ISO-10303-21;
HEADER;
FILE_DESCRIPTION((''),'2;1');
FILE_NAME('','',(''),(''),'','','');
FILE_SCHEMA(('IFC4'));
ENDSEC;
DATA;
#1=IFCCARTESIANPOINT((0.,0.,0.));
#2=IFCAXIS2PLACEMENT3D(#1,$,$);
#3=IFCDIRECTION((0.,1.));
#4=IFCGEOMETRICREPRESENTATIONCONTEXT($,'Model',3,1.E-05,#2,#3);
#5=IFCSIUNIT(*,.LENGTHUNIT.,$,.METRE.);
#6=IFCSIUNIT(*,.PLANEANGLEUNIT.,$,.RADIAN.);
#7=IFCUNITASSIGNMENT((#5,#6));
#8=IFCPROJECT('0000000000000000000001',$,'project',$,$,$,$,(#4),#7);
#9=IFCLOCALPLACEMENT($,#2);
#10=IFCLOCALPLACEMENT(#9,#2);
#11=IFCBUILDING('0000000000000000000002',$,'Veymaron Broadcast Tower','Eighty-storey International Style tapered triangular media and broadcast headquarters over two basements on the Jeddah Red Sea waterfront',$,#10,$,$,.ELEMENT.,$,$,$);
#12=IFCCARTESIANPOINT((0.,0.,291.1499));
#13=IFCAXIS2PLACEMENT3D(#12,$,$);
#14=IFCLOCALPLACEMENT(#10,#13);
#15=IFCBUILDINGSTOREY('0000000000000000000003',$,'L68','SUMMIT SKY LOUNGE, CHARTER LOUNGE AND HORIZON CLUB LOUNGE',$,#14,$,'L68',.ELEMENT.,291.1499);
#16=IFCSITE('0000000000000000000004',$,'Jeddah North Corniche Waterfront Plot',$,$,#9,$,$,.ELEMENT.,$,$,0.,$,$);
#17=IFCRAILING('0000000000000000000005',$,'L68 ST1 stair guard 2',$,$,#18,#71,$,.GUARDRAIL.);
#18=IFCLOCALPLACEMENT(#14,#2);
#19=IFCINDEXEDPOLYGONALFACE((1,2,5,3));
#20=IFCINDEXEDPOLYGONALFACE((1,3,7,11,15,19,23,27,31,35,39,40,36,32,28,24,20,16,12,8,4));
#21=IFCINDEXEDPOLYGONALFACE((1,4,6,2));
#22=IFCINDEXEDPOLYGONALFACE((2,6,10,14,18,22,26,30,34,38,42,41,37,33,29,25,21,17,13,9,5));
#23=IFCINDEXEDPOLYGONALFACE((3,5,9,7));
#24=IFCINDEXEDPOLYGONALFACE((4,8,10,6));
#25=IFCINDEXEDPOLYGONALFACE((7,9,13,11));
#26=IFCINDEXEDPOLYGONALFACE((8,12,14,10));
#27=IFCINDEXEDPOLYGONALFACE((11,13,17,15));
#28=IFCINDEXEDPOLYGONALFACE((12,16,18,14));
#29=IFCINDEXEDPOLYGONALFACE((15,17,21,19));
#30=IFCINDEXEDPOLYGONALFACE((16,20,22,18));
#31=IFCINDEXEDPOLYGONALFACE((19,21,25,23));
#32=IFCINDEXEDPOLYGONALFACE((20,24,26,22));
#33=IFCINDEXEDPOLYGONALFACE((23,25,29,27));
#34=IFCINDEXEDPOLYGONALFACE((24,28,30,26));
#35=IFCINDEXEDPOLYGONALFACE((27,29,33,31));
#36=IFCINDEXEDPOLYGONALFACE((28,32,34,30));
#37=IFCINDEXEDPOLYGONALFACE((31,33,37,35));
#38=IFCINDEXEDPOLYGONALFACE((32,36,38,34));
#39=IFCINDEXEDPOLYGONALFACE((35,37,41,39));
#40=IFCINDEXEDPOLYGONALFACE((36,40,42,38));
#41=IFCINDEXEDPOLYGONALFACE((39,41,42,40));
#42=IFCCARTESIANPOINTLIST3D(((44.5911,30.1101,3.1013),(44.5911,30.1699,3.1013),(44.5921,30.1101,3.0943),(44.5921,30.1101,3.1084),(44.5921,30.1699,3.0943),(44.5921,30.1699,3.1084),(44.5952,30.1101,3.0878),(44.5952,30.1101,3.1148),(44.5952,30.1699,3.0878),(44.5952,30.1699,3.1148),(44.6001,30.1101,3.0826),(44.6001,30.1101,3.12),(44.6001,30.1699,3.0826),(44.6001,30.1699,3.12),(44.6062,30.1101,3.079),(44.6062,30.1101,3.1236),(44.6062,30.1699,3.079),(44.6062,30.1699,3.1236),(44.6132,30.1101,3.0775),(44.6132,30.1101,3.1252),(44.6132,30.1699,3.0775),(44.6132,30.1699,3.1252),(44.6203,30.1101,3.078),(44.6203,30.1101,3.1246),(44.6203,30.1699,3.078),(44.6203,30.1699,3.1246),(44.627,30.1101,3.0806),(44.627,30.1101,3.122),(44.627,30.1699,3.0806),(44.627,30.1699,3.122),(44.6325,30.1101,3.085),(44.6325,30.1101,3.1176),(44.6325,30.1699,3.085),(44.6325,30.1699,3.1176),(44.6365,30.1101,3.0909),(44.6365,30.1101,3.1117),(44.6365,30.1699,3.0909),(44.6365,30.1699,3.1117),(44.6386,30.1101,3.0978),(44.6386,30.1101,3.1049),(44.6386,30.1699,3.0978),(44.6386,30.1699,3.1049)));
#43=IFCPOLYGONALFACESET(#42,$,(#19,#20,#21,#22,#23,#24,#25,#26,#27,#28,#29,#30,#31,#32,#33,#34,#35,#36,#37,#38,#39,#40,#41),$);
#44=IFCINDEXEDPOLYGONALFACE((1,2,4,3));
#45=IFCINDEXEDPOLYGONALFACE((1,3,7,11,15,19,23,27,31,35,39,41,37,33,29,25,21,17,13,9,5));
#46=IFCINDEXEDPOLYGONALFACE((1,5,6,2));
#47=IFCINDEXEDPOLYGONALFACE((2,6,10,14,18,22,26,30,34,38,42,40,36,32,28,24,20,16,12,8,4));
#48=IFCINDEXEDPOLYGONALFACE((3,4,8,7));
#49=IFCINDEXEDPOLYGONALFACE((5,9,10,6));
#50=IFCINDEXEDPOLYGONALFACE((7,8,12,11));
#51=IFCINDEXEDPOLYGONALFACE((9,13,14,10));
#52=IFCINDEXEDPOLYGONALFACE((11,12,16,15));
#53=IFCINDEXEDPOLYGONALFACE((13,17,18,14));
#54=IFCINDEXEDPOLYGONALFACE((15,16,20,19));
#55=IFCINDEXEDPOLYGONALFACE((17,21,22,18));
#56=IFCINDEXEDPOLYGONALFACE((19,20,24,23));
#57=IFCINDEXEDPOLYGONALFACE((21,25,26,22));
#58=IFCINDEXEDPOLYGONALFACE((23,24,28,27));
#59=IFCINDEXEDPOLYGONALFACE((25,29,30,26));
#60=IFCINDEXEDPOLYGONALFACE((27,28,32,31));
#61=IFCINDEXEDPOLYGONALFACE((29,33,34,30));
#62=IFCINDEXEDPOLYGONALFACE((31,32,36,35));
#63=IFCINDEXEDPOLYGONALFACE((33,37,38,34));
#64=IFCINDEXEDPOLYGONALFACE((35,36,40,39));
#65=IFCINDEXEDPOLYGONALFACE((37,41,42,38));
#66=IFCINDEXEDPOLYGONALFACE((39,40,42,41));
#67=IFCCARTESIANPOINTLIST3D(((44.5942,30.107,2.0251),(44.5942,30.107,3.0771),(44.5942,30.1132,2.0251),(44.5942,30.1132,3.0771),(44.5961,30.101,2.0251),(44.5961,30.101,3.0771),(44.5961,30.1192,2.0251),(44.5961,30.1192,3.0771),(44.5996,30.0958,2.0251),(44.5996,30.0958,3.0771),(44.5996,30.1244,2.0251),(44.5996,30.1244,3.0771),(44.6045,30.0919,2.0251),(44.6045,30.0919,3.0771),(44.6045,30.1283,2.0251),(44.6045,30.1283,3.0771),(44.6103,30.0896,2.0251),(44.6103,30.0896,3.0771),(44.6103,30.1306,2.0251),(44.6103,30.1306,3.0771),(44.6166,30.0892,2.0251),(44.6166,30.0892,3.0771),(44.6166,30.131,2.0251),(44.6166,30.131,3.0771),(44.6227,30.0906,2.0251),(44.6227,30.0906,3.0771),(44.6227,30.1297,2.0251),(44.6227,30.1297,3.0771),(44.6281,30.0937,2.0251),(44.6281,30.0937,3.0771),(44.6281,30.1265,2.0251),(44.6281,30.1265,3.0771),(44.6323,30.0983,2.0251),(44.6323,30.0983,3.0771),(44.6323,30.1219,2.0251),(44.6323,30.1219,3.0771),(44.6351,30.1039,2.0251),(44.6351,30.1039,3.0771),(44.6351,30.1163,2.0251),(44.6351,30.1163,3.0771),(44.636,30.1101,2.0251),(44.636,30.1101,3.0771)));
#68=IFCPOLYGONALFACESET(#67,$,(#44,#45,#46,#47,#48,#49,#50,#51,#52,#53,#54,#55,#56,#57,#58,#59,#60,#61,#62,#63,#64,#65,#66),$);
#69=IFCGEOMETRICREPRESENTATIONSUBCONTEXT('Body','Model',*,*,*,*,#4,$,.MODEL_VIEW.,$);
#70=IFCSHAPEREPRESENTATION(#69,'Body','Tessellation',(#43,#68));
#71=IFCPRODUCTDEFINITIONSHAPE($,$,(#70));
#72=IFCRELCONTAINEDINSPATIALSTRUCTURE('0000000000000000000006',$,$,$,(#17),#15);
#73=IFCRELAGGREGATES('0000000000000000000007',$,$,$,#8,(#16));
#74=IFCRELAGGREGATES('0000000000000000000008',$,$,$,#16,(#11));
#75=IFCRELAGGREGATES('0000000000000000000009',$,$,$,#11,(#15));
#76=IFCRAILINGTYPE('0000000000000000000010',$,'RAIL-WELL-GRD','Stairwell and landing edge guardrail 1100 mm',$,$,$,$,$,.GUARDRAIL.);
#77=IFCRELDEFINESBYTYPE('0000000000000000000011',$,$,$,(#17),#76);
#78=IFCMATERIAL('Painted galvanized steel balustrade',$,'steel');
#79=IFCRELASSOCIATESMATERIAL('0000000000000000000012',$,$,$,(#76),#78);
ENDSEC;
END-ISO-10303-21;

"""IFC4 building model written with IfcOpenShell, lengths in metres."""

from ifc_helpers import new_model, si_unit, direction, frame, origin, origin_2d, place, context, subcontext, project, spatial, circle, extrude, material, type_object, element, save


model = new_model("IFC4")

# Units and contexts
model_context = context("Model", 3, precision=1e-05, world=origin(), true_north=direction((0.0, 1.0)))
body_context = subcontext(model_context, "Body", "Model", "MODEL_VIEW")
ifc_project = project(units=[si_unit("LENGTHUNIT", "METRE"), si_unit("PLANEANGLEUNIT", "RADIAN")], contexts=[model_context])

# Site, building, storey
site_placement = place(None, origin())
site = spatial("IfcSite", under=ifc_project, at=site_placement, Name="Jeddah North Corniche Waterfront Plot", CompositionType="ELEMENT", RefElevation=0.0)
building_placement = place(site_placement, origin())
building = spatial("IfcBuilding", under=site, at=building_placement, Name="Veymaron Broadcast Tower", Description="Eighty-storey International Style tapered triangular media and broadcast headquarters over two basements on the Jeddah Red Sea waterfront", CompositionType="ELEMENT")
storey_placement = place(building_placement, frame((0.0, 0.0, 291.1499)))
storey = spatial("IfcBuildingStorey", under=building, at=storey_placement, Name="L68", Description="SUMMIT SKY LOUNGE, CHARTER LOUNGE AND HORIZON CLUB LOUNGE", LongName="L68", CompositionType="ELEMENT", Elevation=291.1499)

# Railing
ifc_material_1 = material(Name="Painted galvanized steel balustrade", Category="steel")
railing_type_1 = type_object("IfcRailingType", Name="RAIL-WELL-GRD", Description="Stairwell and landing edge guardrail 1100 mm", PredefinedType="GUARDRAIL", material=ifc_material_1)
railing_1_placement = place(storey_placement, frame((44.615, 30.1101, 2.0251)))
element("IfcRailing", 1, at=railing_1_placement, inside=storey, type_object=railing_type_1, Name="L68 ST1 stair guard 2", PredefinedType="GUARDRAIL", context=body_context, shape_type="SweptSolid", body=[
    extrude(circle(Radius=0.0239, at=origin_2d()), frame((0.0, 0.0, 1.0762), z_axis=(0.0, 1.0, 0.0), x_axis=(-1.0, 0.0, 0.0)), (0.0, 0.0, 1.0), 0.0598),
    extrude(circle(Radius=0.021, at=origin_2d()), origin(), (0.0, 0.0, 1.0), 1.052),
])

save(model, "model.ifc")
